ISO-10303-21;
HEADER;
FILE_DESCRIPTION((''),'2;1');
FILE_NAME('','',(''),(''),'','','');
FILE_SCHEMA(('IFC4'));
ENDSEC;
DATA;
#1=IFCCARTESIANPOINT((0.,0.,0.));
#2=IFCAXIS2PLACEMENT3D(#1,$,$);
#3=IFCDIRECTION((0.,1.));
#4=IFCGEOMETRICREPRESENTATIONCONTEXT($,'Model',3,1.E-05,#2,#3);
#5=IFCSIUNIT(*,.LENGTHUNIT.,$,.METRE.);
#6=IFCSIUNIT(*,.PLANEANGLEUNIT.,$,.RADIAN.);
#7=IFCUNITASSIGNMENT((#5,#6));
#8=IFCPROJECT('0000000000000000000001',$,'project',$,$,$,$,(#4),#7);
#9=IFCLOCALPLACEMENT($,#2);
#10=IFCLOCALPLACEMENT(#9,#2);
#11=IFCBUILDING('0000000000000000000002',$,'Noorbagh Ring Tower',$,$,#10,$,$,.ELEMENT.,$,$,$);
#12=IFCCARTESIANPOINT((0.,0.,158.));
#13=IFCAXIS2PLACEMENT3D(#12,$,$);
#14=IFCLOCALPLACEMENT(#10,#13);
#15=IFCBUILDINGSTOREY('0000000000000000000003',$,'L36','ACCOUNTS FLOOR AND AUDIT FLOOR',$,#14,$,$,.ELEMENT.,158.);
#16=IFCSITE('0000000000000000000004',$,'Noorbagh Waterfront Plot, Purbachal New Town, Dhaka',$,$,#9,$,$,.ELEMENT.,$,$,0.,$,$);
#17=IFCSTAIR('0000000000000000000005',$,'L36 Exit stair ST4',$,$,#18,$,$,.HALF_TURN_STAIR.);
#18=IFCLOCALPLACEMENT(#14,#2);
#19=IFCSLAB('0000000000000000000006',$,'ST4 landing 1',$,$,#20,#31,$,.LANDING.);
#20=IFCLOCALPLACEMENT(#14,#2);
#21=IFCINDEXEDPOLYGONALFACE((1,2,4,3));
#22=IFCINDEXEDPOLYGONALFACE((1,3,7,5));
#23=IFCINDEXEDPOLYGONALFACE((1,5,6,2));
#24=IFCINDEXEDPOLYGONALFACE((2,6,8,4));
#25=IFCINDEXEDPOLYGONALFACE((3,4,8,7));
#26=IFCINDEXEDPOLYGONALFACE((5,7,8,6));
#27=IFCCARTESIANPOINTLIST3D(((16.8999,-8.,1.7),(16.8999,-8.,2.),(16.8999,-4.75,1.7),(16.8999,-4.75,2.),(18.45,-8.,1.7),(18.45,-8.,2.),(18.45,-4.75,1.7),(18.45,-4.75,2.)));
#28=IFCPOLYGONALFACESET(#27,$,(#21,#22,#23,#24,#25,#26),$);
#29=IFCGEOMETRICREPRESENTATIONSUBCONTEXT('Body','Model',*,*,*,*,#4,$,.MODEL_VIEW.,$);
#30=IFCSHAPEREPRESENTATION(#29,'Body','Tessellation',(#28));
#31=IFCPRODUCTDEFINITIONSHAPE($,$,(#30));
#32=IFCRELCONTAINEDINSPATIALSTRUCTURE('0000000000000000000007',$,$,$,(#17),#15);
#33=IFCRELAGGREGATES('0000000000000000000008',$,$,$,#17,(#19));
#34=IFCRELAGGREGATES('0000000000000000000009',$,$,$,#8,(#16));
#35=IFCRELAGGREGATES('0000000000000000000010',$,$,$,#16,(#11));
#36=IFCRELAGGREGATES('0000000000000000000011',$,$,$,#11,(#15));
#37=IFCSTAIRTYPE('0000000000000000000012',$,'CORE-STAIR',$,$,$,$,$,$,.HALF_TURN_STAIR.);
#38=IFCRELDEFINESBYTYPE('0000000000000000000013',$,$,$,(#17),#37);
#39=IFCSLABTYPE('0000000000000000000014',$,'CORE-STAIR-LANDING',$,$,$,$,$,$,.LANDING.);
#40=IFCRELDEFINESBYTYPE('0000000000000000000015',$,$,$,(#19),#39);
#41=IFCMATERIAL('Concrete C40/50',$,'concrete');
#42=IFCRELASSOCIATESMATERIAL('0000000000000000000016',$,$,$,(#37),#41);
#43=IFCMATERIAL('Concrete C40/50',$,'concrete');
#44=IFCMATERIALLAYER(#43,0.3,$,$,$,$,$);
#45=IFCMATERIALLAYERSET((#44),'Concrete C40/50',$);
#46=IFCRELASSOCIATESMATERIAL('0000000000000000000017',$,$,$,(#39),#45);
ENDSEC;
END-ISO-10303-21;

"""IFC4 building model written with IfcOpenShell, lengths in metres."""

from ifc_helpers import new_model, si_unit, direction, frame, origin, place, context, subcontext, project, spatial, polyline, outline, extrude, material, layer, layer_set, type_object, element, aggregate, save


model = new_model("IFC4")

# Units and contexts
model_context = context("Model", 3, precision=1e-05, world=origin(), true_north=direction((0.0, 1.0)))
body_context = subcontext(model_context, "Body", "Model", "MODEL_VIEW")
ifc_project = project(units=[si_unit("LENGTHUNIT", "METRE"), si_unit("PLANEANGLEUNIT", "RADIAN")], contexts=[model_context])

# Site, building, storey
site_placement = place(None, origin())
building_placement = place(site_placement, origin())
storey_placement = place(building_placement, frame((0.0, 0.0, 158.0)))
site = spatial("IfcSite", under=ifc_project, at=site_placement, Name="Noorbagh Waterfront Plot, Purbachal New Town, Dhaka", CompositionType="ELEMENT", RefElevation=0.0)
building = spatial("IfcBuilding", under=site, at=building_placement, Name="Noorbagh Ring Tower", CompositionType="ELEMENT")
storey = spatial("IfcBuildingStorey", under=building, at=storey_placement, Name="L36", Description="ACCOUNTS FLOOR AND AUDIT FLOOR", CompositionType="ELEMENT", Elevation=158.0)

# Stair, slab
ifc_material_1 = material(Name="Concrete C40/50", Category="concrete")
stair_type = type_object("IfcStairType", Name="CORE-STAIR", PredefinedType="HALF_TURN_STAIR", material=ifc_material_1)
ifc_material_2 = material(Name="Concrete C40/50", Category="concrete")
ifc_layer_1 = layer(ifc_material_2, 0.3)
ifc_layer_set_1 = layer_set([ifc_layer_1], Name="Concrete C40/50")
slab_type = type_object("IfcSlabType", Name="CORE-STAIR-LANDING", PredefinedType="LANDING", material=ifc_layer_set_1)
stair_1_placement = place(storey_placement, origin())
stair_1 = element("IfcStair", 1, at=stair_1_placement, inside=storey, type_object=stair_type, Name="L36 Exit stair ST4", PredefinedType="HALF_TURN_STAIR")
slab_1_placement = place(storey_placement, frame((0.0, 0.0, 1.7)))
slab_1 = element("IfcSlab", 2, at=slab_1_placement, type_object=slab_type, Name="ST4 landing 1", PredefinedType="LANDING", context=body_context, shape_type="SweptSolid", body=[
    extrude(outline(polyline([(18.45, -4.75), (16.8999, -4.75), (16.8999, -8.0), (18.45, -8.0), (18.45, -4.75)])), origin(), (0.0, 0.0, 1.0), 0.3),
])
aggregate(stair_1, [slab_1])

save(model, "model.ifc")
